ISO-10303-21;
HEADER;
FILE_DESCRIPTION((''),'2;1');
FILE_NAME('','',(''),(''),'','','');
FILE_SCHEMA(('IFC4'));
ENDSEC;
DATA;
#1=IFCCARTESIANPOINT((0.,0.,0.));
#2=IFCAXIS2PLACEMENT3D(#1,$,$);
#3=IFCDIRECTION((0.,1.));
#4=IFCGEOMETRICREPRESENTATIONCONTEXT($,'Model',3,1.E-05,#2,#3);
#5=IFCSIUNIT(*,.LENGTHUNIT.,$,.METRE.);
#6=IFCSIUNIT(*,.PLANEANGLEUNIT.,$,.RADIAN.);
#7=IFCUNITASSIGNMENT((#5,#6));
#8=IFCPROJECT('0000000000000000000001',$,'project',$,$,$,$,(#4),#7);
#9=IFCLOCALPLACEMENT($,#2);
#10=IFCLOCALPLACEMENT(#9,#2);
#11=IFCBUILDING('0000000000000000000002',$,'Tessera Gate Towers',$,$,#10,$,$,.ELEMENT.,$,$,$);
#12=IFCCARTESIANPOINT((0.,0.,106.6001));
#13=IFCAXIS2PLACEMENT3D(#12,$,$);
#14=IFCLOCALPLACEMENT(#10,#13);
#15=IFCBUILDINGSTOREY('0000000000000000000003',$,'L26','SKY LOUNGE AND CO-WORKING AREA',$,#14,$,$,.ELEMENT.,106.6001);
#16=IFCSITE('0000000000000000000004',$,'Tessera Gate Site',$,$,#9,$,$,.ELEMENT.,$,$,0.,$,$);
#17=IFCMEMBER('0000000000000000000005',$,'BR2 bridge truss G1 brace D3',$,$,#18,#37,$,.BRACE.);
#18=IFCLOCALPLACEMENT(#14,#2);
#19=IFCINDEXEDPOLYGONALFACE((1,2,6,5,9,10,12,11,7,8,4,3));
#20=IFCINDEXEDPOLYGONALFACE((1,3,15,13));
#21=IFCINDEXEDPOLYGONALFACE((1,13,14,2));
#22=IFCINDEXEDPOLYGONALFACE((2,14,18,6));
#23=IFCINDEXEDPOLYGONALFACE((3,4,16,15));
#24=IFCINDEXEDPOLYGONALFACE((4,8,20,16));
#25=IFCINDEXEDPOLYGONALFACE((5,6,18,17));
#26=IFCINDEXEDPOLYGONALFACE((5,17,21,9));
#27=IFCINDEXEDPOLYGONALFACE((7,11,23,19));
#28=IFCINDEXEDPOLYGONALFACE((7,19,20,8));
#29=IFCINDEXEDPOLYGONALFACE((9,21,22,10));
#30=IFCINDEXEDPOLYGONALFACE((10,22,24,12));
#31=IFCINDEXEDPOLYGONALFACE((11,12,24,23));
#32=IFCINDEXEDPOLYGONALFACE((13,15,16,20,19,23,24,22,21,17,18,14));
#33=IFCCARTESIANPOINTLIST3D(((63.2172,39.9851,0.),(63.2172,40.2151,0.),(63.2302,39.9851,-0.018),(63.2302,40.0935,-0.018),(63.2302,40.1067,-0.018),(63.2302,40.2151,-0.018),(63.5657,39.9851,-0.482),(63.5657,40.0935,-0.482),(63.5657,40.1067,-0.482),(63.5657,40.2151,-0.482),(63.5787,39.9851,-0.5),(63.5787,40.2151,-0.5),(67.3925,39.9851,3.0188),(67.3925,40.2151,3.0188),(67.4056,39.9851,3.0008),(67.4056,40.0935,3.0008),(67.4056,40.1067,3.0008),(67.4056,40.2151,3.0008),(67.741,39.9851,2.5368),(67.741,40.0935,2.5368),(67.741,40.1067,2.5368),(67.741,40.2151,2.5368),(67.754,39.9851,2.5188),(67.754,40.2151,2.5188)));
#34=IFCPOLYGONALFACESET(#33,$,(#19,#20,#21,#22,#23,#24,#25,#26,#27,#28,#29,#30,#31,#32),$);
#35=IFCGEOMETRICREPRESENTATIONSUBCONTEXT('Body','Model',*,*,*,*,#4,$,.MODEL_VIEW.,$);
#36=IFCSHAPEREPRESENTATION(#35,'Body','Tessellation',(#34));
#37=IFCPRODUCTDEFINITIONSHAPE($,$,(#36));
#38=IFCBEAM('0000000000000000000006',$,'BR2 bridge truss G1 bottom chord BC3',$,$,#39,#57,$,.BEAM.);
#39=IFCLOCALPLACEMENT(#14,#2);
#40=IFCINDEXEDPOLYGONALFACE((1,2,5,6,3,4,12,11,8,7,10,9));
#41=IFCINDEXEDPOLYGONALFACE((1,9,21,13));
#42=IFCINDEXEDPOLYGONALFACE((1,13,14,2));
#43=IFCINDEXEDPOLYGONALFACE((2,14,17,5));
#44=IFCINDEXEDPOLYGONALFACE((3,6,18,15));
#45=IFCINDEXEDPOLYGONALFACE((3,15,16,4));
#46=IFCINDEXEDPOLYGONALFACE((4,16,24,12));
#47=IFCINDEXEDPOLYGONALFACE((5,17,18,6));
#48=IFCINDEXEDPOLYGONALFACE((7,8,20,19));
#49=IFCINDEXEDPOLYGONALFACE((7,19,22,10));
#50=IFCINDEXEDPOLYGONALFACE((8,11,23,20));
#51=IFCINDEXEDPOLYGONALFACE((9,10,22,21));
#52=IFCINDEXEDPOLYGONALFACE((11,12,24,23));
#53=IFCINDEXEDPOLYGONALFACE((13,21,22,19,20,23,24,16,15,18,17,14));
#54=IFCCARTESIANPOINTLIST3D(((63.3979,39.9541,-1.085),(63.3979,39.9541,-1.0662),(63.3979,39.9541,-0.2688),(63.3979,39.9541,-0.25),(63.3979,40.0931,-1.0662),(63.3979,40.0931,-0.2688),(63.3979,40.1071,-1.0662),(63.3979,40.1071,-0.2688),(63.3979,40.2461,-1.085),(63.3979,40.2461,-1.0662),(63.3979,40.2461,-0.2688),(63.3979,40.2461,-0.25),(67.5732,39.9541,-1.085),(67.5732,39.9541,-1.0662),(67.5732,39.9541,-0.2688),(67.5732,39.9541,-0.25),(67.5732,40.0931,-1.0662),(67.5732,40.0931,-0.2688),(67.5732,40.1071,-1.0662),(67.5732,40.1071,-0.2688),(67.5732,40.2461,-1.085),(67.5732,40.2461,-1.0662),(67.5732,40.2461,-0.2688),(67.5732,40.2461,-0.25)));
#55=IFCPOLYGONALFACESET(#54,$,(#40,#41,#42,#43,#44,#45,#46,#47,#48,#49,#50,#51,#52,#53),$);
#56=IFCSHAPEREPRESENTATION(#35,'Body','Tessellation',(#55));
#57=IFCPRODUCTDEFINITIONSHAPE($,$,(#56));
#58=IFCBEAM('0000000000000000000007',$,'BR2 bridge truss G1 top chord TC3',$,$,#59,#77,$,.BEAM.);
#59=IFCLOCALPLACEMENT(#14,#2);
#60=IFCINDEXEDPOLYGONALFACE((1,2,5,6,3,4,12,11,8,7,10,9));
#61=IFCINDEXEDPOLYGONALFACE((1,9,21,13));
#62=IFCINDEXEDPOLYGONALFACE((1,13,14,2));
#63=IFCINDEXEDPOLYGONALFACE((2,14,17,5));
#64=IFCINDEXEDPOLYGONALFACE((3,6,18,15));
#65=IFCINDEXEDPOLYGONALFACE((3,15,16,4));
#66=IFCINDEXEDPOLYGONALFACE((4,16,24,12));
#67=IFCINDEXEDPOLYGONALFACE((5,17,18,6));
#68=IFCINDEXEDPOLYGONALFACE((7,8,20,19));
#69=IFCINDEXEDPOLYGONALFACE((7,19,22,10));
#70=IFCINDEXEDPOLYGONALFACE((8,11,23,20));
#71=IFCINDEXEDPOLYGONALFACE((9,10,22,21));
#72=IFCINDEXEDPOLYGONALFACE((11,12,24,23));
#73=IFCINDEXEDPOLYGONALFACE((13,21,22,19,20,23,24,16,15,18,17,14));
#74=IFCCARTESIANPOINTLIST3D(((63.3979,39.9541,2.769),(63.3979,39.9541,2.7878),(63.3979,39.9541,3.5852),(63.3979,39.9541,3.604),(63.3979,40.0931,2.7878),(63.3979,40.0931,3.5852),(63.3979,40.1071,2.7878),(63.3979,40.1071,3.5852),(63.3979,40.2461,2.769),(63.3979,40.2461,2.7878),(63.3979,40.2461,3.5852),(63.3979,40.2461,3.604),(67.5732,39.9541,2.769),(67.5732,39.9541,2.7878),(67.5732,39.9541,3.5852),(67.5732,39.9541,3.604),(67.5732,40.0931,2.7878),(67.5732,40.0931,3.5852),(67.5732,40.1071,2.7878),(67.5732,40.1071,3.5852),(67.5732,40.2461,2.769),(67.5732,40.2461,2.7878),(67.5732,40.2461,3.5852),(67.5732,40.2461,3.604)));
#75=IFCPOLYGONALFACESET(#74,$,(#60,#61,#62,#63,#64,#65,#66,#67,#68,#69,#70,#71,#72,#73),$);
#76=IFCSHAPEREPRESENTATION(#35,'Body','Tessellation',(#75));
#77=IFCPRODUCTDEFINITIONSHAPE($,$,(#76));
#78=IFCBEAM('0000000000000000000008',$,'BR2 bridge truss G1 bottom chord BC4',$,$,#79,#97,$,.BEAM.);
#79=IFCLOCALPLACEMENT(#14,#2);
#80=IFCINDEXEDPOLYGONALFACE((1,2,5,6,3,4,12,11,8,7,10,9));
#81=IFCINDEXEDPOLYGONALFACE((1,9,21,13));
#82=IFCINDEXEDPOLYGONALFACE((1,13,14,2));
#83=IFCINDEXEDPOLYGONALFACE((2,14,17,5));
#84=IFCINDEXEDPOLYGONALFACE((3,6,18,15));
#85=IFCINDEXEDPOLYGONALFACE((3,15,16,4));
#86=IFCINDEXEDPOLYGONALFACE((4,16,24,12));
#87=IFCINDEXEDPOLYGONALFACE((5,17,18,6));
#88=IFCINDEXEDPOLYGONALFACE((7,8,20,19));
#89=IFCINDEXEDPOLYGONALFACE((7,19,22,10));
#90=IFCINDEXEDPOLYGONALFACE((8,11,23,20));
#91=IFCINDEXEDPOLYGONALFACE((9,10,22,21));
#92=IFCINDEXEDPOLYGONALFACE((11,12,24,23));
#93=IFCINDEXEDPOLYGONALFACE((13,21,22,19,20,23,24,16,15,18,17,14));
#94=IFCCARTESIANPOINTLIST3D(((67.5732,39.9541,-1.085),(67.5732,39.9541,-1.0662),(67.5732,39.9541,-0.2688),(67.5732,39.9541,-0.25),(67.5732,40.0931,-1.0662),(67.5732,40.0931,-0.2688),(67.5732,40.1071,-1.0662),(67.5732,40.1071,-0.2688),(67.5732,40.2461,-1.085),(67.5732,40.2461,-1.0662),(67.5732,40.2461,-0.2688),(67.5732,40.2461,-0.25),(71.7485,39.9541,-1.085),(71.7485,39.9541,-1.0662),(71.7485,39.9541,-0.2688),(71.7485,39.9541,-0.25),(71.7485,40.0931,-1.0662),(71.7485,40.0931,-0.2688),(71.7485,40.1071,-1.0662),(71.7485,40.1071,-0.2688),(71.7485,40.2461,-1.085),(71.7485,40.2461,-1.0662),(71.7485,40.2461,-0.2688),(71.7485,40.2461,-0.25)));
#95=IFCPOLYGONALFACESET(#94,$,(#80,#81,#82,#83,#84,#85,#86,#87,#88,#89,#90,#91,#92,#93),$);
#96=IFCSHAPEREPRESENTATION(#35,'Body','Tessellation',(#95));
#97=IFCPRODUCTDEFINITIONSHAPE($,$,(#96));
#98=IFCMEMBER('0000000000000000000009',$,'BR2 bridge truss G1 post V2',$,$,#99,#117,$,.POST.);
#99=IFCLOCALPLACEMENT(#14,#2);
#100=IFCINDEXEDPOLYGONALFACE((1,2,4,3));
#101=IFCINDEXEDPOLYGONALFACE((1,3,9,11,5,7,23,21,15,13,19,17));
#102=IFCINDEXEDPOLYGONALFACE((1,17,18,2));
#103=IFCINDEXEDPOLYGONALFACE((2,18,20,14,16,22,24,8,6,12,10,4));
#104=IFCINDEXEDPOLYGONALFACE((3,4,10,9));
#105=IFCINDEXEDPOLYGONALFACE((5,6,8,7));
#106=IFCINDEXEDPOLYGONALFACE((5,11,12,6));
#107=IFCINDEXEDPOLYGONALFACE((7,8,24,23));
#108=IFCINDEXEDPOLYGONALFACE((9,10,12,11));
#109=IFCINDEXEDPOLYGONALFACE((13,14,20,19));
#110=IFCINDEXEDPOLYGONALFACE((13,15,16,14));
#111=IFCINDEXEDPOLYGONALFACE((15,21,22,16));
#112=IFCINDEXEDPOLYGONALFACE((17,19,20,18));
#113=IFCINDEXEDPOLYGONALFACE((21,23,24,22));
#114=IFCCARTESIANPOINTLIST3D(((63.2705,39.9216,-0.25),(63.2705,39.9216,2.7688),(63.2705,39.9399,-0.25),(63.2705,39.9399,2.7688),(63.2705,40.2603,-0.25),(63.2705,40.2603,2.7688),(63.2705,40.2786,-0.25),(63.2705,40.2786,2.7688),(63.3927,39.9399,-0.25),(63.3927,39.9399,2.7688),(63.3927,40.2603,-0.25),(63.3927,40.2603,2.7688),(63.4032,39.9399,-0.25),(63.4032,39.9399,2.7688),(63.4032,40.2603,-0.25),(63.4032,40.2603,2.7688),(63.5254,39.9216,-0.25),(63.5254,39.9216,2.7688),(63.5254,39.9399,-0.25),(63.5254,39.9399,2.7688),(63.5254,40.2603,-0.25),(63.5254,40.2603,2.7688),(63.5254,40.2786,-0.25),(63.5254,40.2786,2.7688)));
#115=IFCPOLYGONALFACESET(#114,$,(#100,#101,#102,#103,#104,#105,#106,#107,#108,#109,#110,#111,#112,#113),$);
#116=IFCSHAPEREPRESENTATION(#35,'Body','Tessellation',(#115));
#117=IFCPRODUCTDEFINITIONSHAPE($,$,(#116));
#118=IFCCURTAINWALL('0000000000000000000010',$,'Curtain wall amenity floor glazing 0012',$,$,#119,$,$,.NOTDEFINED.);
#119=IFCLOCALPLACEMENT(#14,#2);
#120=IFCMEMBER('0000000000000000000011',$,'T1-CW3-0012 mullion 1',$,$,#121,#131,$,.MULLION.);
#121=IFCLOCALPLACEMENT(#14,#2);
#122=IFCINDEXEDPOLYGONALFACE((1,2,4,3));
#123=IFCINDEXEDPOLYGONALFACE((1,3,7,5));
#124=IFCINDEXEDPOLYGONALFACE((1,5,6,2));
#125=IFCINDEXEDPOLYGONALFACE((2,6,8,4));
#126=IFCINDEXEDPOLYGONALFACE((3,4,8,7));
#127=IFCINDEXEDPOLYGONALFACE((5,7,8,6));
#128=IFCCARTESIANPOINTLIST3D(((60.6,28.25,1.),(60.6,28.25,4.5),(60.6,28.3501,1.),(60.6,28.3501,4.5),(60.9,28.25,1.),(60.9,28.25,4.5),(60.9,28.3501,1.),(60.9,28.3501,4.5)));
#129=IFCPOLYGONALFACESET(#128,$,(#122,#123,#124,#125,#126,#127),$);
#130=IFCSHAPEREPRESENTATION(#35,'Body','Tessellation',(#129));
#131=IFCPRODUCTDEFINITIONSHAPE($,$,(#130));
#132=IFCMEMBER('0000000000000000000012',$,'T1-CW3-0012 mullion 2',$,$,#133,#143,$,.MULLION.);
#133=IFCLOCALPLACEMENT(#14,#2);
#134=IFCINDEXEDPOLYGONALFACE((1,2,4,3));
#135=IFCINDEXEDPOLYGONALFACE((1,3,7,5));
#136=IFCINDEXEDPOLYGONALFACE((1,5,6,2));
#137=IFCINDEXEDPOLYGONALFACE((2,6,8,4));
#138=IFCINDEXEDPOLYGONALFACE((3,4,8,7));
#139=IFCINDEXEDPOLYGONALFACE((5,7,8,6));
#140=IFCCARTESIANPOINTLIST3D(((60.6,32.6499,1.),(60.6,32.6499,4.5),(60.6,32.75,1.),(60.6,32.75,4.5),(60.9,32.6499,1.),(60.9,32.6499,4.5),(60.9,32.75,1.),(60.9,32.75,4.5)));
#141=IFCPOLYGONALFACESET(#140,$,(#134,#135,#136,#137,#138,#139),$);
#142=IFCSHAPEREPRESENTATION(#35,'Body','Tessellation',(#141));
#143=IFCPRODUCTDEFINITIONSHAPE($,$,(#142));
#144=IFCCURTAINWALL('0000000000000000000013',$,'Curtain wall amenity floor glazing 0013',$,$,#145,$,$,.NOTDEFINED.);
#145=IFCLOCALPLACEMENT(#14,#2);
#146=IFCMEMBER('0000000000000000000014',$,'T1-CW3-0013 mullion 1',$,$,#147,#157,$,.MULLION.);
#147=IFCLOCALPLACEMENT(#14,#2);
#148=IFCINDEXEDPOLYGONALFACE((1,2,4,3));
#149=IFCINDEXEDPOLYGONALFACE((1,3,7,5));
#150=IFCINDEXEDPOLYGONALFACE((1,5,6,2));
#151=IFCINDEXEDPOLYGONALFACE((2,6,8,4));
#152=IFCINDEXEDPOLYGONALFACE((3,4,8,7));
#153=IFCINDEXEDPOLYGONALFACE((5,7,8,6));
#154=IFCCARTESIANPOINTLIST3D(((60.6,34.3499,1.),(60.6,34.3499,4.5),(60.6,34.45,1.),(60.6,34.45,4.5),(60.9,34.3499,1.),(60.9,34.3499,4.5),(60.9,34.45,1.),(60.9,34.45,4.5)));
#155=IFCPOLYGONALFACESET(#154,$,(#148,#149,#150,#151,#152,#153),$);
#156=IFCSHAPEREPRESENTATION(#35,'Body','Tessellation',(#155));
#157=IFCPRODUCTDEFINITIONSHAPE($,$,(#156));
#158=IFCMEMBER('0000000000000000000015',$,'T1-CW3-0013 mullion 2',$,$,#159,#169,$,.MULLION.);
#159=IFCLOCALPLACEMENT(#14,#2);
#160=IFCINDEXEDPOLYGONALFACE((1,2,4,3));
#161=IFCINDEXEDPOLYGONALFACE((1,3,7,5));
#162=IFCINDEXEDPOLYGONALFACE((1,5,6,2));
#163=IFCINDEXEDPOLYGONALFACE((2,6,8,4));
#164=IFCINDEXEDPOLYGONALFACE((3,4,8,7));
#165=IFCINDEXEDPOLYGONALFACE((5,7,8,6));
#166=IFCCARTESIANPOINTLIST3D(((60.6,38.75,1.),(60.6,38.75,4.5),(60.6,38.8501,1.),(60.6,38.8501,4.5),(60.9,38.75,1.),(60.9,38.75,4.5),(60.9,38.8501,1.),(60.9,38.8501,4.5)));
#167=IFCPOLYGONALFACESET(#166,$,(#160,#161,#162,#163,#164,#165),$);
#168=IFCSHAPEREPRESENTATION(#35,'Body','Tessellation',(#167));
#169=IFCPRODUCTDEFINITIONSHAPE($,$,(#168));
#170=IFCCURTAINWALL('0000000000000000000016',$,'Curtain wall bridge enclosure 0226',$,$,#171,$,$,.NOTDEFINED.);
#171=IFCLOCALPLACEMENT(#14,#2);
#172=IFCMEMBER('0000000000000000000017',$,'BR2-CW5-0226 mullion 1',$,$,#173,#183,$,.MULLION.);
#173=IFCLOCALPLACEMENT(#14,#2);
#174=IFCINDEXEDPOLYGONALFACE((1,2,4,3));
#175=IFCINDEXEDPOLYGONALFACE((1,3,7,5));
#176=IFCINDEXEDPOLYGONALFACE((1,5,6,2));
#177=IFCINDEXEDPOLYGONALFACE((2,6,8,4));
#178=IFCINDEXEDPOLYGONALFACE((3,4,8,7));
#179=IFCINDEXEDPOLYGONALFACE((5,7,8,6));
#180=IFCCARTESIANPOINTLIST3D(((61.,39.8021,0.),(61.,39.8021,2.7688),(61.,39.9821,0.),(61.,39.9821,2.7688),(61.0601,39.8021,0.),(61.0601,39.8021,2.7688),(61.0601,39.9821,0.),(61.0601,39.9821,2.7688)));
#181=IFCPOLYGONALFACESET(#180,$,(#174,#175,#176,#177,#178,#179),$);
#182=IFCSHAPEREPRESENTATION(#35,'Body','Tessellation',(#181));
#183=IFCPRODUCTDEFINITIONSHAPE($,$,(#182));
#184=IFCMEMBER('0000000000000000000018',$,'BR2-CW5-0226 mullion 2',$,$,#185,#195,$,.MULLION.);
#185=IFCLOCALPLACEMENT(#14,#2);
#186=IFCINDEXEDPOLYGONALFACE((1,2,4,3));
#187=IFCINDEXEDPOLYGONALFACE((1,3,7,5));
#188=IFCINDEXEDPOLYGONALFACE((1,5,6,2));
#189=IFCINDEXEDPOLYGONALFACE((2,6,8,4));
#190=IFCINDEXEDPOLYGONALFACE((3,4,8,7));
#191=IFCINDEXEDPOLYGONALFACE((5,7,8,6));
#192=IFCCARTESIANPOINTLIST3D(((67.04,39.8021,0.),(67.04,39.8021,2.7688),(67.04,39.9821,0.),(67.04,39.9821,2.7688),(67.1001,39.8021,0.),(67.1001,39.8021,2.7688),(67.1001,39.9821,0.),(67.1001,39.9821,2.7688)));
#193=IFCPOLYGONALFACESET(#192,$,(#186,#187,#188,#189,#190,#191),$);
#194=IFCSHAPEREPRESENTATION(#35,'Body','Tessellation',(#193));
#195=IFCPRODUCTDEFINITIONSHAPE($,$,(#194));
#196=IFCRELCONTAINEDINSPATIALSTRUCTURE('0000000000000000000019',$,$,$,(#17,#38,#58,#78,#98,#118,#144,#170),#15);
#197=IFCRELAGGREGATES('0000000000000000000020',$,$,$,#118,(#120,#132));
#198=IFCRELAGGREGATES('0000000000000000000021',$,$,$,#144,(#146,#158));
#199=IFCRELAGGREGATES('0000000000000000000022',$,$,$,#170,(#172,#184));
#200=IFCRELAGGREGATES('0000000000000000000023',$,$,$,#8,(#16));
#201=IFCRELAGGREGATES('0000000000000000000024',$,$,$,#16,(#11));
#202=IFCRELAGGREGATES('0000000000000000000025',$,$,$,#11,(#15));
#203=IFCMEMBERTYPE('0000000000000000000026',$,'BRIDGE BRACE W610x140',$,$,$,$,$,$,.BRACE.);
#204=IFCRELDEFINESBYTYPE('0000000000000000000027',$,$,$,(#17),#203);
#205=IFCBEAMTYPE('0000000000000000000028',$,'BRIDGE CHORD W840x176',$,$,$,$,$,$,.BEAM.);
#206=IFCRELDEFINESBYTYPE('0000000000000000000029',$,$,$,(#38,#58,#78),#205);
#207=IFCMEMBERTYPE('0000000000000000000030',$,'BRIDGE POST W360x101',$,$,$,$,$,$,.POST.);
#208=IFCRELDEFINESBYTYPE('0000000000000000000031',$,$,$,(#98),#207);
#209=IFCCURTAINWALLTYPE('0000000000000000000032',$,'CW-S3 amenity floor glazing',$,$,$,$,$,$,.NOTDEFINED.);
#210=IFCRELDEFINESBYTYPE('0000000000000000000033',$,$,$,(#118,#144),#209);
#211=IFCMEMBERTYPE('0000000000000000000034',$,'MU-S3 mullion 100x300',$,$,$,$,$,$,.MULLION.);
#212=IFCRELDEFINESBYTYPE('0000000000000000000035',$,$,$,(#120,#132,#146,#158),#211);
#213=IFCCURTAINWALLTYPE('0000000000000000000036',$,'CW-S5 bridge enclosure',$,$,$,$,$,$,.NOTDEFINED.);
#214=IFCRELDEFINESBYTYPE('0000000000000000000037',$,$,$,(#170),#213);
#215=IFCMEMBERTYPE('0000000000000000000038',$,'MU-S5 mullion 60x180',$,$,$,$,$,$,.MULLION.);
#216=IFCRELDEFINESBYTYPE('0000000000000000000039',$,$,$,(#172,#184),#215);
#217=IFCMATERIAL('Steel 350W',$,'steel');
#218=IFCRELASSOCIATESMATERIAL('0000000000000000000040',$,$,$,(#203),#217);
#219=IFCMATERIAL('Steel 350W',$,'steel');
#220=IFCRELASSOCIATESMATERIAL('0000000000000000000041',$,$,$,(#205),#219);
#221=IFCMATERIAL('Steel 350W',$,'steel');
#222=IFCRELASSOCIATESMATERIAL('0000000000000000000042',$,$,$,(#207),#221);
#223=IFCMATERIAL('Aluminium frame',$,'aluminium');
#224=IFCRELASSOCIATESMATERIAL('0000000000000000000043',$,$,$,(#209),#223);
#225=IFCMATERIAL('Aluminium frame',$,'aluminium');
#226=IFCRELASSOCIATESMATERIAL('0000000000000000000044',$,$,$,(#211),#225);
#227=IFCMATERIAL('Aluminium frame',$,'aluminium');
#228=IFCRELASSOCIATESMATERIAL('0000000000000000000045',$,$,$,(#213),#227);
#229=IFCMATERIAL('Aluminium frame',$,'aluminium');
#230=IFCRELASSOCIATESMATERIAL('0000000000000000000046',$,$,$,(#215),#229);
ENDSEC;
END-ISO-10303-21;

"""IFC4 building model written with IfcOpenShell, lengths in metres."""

from ifc_helpers import new_model, si_unit, direction, frame, origin, origin_2d, place, context, subcontext, project, spatial, rectangle, i_section, extrude, material, material_profile, profile_set, type_object, element, aggregate, save


model = new_model("IFC4")

# Units and contexts
model_context = context("Model", 3, precision=1e-05, world=origin(), true_north=direction((0.0, 1.0)))
body_context = subcontext(model_context, "Body", "Model", "MODEL_VIEW")
ifc_project = project(units=[si_unit("LENGTHUNIT", "METRE"), si_unit("PLANEANGLEUNIT", "RADIAN")], contexts=[model_context])

# Site, building, storey
site_placement = place(None, origin())
site = spatial("IfcSite", under=ifc_project, at=site_placement, Name="Tessera Gate Site", CompositionType="ELEMENT", RefElevation=0.0)
building_placement = place(site_placement, origin())
building = spatial("IfcBuilding", under=site, at=building_placement, Name="Tessera Gate Towers", CompositionType="ELEMENT")
storey_placement = place(building_placement, frame((0.0, 0.0, 106.6001)))
storey = spatial("IfcBuildingStorey", under=building, at=storey_placement, Name="L26", Description="SKY LOUNGE AND CO-WORKING AREA", CompositionType="ELEMENT", Elevation=106.6001)

# Member
ifc_material_1 = material(Name="Steel 350W", Category="steel")
ifc_material_profile_1 = material_profile(ifc_material_1, i_section(OverallWidth=0.23, OverallDepth=0.6169, WebThickness=0.0132, FlangeThickness=0.0222, at=origin_2d()), Name="W610x140")
ifc_profile_set_1 = profile_set([ifc_material_profile_1], Name="Steel 350W")
member_type_1 = type_object("IfcMemberType", Name="BRIDGE BRACE W610x140", PredefinedType="BRACE", material=ifc_profile_set_1)
member_1_placement = place(storey_placement, frame((63.3979, 40.1001, -0.25), z_axis=(0.810374, 0.0, 0.585913), x_axis=(0.0, 1.0, 0.0)))
element("IfcMember", 1, at=member_1_placement, inside=storey, type_object=member_type_1, Name="BR2 bridge truss G1 brace D3", PredefinedType="BRACE", context=body_context, shape_type="SweptSolid", body=[
    extrude(i_section(OverallWidth=0.23, OverallDepth=0.6169, WebThickness=0.0132, FlangeThickness=0.0222, at=origin_2d()), origin(), (0.0, 0.0, 1.0), 5.1523),
])

# Beams
ifc_material_2 = material(Name="Steel 350W", Category="steel")
ifc_material_profile_2 = material_profile(ifc_material_2, i_section(OverallWidth=0.292, OverallDepth=0.835, WebThickness=0.0139, FlangeThickness=0.0188, at=origin_2d()), Name="W840x176")
ifc_profile_set_2 = profile_set([ifc_material_profile_2], Name="Steel 350W")
beam_type = type_object("IfcBeamType", Name="BRIDGE CHORD W840x176", PredefinedType="BEAM", material=ifc_profile_set_2)
for number, where, z_axis, x_axis, name in (
    (2, (63.3979, 40.1001, -0.6675), (1.0, 0.0, 0.0), (0.0, 1.0, 0.0), "BR2 bridge truss G1 bottom chord BC3"),
    (3, (63.3979, 40.1001, 3.1865), (1.0, 0.0, 0.0), (0.0, 1.0, 0.0), "BR2 bridge truss G1 top chord TC3"),
    (4, (67.5732, 40.1001, -0.6675), (1.0, 0.0, 0.0), (0.0, 1.0, 0.0), "BR2 bridge truss G1 bottom chord BC4"),
):
    element("IfcBeam", number, at=place(storey_placement, frame(where, z_axis=z_axis, x_axis=x_axis)), inside=storey, type_object=beam_type, Name=name, PredefinedType="BEAM", context=body_context, shape_type="SweptSolid", body=[
        extrude(i_section(OverallWidth=0.292, OverallDepth=0.835, WebThickness=0.0139, FlangeThickness=0.0188, at=origin_2d()), origin(), (0.0, 0.0, 1.0), 4.1753),
    ])

# Member
ifc_material_3 = material(Name="Steel 350W", Category="steel")
ifc_material_profile_3 = material_profile(ifc_material_3, i_section(OverallWidth=0.2549, OverallDepth=0.3569, WebThickness=0.0105, FlangeThickness=0.0183, at=origin_2d()), Name="W360x101")
ifc_profile_set_3 = profile_set([ifc_material_profile_3], Name="Steel 350W")
member_type_2 = type_object("IfcMemberType", Name="BRIDGE POST W360x101", PredefinedType="POST", material=ifc_profile_set_3)
member_2_placement = place(storey_placement, frame((63.3979, 40.1001, -0.25), z_axis=(0.0, 0.0, 1.0), x_axis=(1.0, 0.0, 0.0)))
element("IfcMember", 5, at=member_2_placement, inside=storey, type_object=member_type_2, Name="BR2 bridge truss G1 post V2", PredefinedType="POST", context=body_context, shape_type="SweptSolid", body=[
    extrude(i_section(OverallWidth=0.2549, OverallDepth=0.3569, WebThickness=0.0105, FlangeThickness=0.0183, at=origin_2d()), origin(), (0.0, 0.0, 1.0), 3.0188),
])

# Curtain walls, members
ifc_material_4 = material(Name="Aluminium frame", Category="aluminium")
curtain_wall_type_1 = type_object("IfcCurtainWallType", Name="CW-S3 amenity floor glazing", PredefinedType="NOTDEFINED", material=ifc_material_4)
curtain_wall_1_placement = place(storey_placement, origin())
curtain_wall_1 = element("IfcCurtainWall", 6, at=curtain_wall_1_placement, inside=storey, type_object=curtain_wall_type_1, Name="Curtain wall amenity floor glazing 0012", PredefinedType="NOTDEFINED")
ifc_material_5 = material(Name="Aluminium frame", Category="aluminium")
ifc_material_profile_4 = material_profile(ifc_material_5, rectangle(XDim=0.1001, YDim=0.3, at=origin_2d()), Name="AL 100x300")
ifc_profile_set_4 = profile_set([ifc_material_profile_4], Name="Aluminium frame")
member_type_3 = type_object("IfcMemberType", Name="MU-S3 mullion 100x300", PredefinedType="MULLION", material=ifc_profile_set_4)
member_3_placement = place(storey_placement, frame((60.75, 28.3, 1.0), z_axis=(0.0, 0.0, 1.0), x_axis=(0.0, 1.0, 0.0)))
member_3 = element("IfcMember", 7, at=member_3_placement, type_object=member_type_3, Name="T1-CW3-0012 mullion 1", PredefinedType="MULLION", context=body_context, shape_type="SweptSolid", body=[
    extrude(rectangle(XDim=0.1001, YDim=0.3, at=origin_2d()), origin(), (0.0, 0.0, 1.0), 3.5),
])
member_4_placement = place(storey_placement, frame((60.75, 32.7, 1.0), z_axis=(0.0, 0.0, 1.0), x_axis=(0.0, 1.0, 0.0)))
member_4 = element("IfcMember", 8, at=member_4_placement, type_object=member_type_3, Name="T1-CW3-0012 mullion 2", PredefinedType="MULLION", context=body_context, shape_type="SweptSolid", body=[
    extrude(rectangle(XDim=0.1001, YDim=0.3, at=origin_2d()), origin(), (0.0, 0.0, 1.0), 3.5),
])
curtain_wall_2_placement = place(storey_placement, origin())
curtain_wall_2 = element("IfcCurtainWall", 9, at=curtain_wall_2_placement, inside=storey, type_object=curtain_wall_type_1, Name="Curtain wall amenity floor glazing 0013", PredefinedType="NOTDEFINED")
member_5_placement = place(storey_placement, frame((60.75, 34.3999, 1.0), z_axis=(0.0, 0.0, 1.0), x_axis=(0.0, 1.0, 0.0)))
member_5 = element("IfcMember", 10, at=member_5_placement, type_object=member_type_3, Name="T1-CW3-0013 mullion 1", PredefinedType="MULLION", context=body_context, shape_type="SweptSolid", body=[
    extrude(rectangle(XDim=0.1001, YDim=0.3, at=origin_2d()), origin(), (0.0, 0.0, 1.0), 3.5),
])
member_6_placement = place(storey_placement, frame((60.75, 38.8, 1.0), z_axis=(0.0, 0.0, 1.0), x_axis=(0.0, 1.0, 0.0)))
member_6 = element("IfcMember", 11, at=member_6_placement, type_object=member_type_3, Name="T1-CW3-0013 mullion 2", PredefinedType="MULLION", context=body_context, shape_type="SweptSolid", body=[
    extrude(rectangle(XDim=0.1001, YDim=0.3, at=origin_2d()), origin(), (0.0, 0.0, 1.0), 3.5),
])
ifc_material_6 = material(Name="Aluminium frame", Category="aluminium")
curtain_wall_type_2 = type_object("IfcCurtainWallType", Name="CW-S5 bridge enclosure", PredefinedType="NOTDEFINED", material=ifc_material_6)
curtain_wall_3_placement = place(storey_placement, origin())
curtain_wall_3 = element("IfcCurtainWall", 12, at=curtain_wall_3_placement, inside=storey, type_object=curtain_wall_type_2, Name="Curtain wall bridge enclosure 0226", PredefinedType="NOTDEFINED")
ifc_material_7 = material(Name="Aluminium frame", Category="aluminium")
ifc_material_profile_5 = material_profile(ifc_material_7, rectangle(XDim=0.0601, YDim=0.1799, at=origin_2d()), Name="AL 60x180")
ifc_profile_set_5 = profile_set([ifc_material_profile_5], Name="Aluminium frame")
member_type_4 = type_object("IfcMemberType", Name="MU-S5 mullion 60x180", PredefinedType="MULLION", material=ifc_profile_set_5)
member_7_placement = place(storey_placement, frame((61.03, 39.8921, 0.0), z_axis=(0.0, 0.0, 1.0), x_axis=(1.0, 0.0, 0.0)))
member_7 = element("IfcMember", 13, at=member_7_placement, type_object=member_type_4, Name="BR2-CW5-0226 mullion 1", PredefinedType="MULLION", context=body_context, shape_type="SweptSolid", body=[
    extrude(rectangle(XDim=0.0601, YDim=0.1799, at=origin_2d()), origin(), (0.0, 0.0, 1.0), 2.7688),
])
member_8_placement = place(storey_placement, frame((67.0701, 39.8921, 0.0), z_axis=(0.0, 0.0, 1.0), x_axis=(1.0, 0.0, 0.0)))
member_8 = element("IfcMember", 14, at=member_8_placement, type_object=member_type_4, Name="BR2-CW5-0226 mullion 2", PredefinedType="MULLION", context=body_context, shape_type="SweptSolid", body=[
    extrude(rectangle(XDim=0.0601, YDim=0.1799, at=origin_2d()), origin(), (0.0, 0.0, 1.0), 2.7688),
])

aggregate(curtain_wall_1, [member_3, member_4])
aggregate(curtain_wall_2, [member_5, member_6])
aggregate(curtain_wall_3, [member_7, member_8])

save(model, "model.ifc")
